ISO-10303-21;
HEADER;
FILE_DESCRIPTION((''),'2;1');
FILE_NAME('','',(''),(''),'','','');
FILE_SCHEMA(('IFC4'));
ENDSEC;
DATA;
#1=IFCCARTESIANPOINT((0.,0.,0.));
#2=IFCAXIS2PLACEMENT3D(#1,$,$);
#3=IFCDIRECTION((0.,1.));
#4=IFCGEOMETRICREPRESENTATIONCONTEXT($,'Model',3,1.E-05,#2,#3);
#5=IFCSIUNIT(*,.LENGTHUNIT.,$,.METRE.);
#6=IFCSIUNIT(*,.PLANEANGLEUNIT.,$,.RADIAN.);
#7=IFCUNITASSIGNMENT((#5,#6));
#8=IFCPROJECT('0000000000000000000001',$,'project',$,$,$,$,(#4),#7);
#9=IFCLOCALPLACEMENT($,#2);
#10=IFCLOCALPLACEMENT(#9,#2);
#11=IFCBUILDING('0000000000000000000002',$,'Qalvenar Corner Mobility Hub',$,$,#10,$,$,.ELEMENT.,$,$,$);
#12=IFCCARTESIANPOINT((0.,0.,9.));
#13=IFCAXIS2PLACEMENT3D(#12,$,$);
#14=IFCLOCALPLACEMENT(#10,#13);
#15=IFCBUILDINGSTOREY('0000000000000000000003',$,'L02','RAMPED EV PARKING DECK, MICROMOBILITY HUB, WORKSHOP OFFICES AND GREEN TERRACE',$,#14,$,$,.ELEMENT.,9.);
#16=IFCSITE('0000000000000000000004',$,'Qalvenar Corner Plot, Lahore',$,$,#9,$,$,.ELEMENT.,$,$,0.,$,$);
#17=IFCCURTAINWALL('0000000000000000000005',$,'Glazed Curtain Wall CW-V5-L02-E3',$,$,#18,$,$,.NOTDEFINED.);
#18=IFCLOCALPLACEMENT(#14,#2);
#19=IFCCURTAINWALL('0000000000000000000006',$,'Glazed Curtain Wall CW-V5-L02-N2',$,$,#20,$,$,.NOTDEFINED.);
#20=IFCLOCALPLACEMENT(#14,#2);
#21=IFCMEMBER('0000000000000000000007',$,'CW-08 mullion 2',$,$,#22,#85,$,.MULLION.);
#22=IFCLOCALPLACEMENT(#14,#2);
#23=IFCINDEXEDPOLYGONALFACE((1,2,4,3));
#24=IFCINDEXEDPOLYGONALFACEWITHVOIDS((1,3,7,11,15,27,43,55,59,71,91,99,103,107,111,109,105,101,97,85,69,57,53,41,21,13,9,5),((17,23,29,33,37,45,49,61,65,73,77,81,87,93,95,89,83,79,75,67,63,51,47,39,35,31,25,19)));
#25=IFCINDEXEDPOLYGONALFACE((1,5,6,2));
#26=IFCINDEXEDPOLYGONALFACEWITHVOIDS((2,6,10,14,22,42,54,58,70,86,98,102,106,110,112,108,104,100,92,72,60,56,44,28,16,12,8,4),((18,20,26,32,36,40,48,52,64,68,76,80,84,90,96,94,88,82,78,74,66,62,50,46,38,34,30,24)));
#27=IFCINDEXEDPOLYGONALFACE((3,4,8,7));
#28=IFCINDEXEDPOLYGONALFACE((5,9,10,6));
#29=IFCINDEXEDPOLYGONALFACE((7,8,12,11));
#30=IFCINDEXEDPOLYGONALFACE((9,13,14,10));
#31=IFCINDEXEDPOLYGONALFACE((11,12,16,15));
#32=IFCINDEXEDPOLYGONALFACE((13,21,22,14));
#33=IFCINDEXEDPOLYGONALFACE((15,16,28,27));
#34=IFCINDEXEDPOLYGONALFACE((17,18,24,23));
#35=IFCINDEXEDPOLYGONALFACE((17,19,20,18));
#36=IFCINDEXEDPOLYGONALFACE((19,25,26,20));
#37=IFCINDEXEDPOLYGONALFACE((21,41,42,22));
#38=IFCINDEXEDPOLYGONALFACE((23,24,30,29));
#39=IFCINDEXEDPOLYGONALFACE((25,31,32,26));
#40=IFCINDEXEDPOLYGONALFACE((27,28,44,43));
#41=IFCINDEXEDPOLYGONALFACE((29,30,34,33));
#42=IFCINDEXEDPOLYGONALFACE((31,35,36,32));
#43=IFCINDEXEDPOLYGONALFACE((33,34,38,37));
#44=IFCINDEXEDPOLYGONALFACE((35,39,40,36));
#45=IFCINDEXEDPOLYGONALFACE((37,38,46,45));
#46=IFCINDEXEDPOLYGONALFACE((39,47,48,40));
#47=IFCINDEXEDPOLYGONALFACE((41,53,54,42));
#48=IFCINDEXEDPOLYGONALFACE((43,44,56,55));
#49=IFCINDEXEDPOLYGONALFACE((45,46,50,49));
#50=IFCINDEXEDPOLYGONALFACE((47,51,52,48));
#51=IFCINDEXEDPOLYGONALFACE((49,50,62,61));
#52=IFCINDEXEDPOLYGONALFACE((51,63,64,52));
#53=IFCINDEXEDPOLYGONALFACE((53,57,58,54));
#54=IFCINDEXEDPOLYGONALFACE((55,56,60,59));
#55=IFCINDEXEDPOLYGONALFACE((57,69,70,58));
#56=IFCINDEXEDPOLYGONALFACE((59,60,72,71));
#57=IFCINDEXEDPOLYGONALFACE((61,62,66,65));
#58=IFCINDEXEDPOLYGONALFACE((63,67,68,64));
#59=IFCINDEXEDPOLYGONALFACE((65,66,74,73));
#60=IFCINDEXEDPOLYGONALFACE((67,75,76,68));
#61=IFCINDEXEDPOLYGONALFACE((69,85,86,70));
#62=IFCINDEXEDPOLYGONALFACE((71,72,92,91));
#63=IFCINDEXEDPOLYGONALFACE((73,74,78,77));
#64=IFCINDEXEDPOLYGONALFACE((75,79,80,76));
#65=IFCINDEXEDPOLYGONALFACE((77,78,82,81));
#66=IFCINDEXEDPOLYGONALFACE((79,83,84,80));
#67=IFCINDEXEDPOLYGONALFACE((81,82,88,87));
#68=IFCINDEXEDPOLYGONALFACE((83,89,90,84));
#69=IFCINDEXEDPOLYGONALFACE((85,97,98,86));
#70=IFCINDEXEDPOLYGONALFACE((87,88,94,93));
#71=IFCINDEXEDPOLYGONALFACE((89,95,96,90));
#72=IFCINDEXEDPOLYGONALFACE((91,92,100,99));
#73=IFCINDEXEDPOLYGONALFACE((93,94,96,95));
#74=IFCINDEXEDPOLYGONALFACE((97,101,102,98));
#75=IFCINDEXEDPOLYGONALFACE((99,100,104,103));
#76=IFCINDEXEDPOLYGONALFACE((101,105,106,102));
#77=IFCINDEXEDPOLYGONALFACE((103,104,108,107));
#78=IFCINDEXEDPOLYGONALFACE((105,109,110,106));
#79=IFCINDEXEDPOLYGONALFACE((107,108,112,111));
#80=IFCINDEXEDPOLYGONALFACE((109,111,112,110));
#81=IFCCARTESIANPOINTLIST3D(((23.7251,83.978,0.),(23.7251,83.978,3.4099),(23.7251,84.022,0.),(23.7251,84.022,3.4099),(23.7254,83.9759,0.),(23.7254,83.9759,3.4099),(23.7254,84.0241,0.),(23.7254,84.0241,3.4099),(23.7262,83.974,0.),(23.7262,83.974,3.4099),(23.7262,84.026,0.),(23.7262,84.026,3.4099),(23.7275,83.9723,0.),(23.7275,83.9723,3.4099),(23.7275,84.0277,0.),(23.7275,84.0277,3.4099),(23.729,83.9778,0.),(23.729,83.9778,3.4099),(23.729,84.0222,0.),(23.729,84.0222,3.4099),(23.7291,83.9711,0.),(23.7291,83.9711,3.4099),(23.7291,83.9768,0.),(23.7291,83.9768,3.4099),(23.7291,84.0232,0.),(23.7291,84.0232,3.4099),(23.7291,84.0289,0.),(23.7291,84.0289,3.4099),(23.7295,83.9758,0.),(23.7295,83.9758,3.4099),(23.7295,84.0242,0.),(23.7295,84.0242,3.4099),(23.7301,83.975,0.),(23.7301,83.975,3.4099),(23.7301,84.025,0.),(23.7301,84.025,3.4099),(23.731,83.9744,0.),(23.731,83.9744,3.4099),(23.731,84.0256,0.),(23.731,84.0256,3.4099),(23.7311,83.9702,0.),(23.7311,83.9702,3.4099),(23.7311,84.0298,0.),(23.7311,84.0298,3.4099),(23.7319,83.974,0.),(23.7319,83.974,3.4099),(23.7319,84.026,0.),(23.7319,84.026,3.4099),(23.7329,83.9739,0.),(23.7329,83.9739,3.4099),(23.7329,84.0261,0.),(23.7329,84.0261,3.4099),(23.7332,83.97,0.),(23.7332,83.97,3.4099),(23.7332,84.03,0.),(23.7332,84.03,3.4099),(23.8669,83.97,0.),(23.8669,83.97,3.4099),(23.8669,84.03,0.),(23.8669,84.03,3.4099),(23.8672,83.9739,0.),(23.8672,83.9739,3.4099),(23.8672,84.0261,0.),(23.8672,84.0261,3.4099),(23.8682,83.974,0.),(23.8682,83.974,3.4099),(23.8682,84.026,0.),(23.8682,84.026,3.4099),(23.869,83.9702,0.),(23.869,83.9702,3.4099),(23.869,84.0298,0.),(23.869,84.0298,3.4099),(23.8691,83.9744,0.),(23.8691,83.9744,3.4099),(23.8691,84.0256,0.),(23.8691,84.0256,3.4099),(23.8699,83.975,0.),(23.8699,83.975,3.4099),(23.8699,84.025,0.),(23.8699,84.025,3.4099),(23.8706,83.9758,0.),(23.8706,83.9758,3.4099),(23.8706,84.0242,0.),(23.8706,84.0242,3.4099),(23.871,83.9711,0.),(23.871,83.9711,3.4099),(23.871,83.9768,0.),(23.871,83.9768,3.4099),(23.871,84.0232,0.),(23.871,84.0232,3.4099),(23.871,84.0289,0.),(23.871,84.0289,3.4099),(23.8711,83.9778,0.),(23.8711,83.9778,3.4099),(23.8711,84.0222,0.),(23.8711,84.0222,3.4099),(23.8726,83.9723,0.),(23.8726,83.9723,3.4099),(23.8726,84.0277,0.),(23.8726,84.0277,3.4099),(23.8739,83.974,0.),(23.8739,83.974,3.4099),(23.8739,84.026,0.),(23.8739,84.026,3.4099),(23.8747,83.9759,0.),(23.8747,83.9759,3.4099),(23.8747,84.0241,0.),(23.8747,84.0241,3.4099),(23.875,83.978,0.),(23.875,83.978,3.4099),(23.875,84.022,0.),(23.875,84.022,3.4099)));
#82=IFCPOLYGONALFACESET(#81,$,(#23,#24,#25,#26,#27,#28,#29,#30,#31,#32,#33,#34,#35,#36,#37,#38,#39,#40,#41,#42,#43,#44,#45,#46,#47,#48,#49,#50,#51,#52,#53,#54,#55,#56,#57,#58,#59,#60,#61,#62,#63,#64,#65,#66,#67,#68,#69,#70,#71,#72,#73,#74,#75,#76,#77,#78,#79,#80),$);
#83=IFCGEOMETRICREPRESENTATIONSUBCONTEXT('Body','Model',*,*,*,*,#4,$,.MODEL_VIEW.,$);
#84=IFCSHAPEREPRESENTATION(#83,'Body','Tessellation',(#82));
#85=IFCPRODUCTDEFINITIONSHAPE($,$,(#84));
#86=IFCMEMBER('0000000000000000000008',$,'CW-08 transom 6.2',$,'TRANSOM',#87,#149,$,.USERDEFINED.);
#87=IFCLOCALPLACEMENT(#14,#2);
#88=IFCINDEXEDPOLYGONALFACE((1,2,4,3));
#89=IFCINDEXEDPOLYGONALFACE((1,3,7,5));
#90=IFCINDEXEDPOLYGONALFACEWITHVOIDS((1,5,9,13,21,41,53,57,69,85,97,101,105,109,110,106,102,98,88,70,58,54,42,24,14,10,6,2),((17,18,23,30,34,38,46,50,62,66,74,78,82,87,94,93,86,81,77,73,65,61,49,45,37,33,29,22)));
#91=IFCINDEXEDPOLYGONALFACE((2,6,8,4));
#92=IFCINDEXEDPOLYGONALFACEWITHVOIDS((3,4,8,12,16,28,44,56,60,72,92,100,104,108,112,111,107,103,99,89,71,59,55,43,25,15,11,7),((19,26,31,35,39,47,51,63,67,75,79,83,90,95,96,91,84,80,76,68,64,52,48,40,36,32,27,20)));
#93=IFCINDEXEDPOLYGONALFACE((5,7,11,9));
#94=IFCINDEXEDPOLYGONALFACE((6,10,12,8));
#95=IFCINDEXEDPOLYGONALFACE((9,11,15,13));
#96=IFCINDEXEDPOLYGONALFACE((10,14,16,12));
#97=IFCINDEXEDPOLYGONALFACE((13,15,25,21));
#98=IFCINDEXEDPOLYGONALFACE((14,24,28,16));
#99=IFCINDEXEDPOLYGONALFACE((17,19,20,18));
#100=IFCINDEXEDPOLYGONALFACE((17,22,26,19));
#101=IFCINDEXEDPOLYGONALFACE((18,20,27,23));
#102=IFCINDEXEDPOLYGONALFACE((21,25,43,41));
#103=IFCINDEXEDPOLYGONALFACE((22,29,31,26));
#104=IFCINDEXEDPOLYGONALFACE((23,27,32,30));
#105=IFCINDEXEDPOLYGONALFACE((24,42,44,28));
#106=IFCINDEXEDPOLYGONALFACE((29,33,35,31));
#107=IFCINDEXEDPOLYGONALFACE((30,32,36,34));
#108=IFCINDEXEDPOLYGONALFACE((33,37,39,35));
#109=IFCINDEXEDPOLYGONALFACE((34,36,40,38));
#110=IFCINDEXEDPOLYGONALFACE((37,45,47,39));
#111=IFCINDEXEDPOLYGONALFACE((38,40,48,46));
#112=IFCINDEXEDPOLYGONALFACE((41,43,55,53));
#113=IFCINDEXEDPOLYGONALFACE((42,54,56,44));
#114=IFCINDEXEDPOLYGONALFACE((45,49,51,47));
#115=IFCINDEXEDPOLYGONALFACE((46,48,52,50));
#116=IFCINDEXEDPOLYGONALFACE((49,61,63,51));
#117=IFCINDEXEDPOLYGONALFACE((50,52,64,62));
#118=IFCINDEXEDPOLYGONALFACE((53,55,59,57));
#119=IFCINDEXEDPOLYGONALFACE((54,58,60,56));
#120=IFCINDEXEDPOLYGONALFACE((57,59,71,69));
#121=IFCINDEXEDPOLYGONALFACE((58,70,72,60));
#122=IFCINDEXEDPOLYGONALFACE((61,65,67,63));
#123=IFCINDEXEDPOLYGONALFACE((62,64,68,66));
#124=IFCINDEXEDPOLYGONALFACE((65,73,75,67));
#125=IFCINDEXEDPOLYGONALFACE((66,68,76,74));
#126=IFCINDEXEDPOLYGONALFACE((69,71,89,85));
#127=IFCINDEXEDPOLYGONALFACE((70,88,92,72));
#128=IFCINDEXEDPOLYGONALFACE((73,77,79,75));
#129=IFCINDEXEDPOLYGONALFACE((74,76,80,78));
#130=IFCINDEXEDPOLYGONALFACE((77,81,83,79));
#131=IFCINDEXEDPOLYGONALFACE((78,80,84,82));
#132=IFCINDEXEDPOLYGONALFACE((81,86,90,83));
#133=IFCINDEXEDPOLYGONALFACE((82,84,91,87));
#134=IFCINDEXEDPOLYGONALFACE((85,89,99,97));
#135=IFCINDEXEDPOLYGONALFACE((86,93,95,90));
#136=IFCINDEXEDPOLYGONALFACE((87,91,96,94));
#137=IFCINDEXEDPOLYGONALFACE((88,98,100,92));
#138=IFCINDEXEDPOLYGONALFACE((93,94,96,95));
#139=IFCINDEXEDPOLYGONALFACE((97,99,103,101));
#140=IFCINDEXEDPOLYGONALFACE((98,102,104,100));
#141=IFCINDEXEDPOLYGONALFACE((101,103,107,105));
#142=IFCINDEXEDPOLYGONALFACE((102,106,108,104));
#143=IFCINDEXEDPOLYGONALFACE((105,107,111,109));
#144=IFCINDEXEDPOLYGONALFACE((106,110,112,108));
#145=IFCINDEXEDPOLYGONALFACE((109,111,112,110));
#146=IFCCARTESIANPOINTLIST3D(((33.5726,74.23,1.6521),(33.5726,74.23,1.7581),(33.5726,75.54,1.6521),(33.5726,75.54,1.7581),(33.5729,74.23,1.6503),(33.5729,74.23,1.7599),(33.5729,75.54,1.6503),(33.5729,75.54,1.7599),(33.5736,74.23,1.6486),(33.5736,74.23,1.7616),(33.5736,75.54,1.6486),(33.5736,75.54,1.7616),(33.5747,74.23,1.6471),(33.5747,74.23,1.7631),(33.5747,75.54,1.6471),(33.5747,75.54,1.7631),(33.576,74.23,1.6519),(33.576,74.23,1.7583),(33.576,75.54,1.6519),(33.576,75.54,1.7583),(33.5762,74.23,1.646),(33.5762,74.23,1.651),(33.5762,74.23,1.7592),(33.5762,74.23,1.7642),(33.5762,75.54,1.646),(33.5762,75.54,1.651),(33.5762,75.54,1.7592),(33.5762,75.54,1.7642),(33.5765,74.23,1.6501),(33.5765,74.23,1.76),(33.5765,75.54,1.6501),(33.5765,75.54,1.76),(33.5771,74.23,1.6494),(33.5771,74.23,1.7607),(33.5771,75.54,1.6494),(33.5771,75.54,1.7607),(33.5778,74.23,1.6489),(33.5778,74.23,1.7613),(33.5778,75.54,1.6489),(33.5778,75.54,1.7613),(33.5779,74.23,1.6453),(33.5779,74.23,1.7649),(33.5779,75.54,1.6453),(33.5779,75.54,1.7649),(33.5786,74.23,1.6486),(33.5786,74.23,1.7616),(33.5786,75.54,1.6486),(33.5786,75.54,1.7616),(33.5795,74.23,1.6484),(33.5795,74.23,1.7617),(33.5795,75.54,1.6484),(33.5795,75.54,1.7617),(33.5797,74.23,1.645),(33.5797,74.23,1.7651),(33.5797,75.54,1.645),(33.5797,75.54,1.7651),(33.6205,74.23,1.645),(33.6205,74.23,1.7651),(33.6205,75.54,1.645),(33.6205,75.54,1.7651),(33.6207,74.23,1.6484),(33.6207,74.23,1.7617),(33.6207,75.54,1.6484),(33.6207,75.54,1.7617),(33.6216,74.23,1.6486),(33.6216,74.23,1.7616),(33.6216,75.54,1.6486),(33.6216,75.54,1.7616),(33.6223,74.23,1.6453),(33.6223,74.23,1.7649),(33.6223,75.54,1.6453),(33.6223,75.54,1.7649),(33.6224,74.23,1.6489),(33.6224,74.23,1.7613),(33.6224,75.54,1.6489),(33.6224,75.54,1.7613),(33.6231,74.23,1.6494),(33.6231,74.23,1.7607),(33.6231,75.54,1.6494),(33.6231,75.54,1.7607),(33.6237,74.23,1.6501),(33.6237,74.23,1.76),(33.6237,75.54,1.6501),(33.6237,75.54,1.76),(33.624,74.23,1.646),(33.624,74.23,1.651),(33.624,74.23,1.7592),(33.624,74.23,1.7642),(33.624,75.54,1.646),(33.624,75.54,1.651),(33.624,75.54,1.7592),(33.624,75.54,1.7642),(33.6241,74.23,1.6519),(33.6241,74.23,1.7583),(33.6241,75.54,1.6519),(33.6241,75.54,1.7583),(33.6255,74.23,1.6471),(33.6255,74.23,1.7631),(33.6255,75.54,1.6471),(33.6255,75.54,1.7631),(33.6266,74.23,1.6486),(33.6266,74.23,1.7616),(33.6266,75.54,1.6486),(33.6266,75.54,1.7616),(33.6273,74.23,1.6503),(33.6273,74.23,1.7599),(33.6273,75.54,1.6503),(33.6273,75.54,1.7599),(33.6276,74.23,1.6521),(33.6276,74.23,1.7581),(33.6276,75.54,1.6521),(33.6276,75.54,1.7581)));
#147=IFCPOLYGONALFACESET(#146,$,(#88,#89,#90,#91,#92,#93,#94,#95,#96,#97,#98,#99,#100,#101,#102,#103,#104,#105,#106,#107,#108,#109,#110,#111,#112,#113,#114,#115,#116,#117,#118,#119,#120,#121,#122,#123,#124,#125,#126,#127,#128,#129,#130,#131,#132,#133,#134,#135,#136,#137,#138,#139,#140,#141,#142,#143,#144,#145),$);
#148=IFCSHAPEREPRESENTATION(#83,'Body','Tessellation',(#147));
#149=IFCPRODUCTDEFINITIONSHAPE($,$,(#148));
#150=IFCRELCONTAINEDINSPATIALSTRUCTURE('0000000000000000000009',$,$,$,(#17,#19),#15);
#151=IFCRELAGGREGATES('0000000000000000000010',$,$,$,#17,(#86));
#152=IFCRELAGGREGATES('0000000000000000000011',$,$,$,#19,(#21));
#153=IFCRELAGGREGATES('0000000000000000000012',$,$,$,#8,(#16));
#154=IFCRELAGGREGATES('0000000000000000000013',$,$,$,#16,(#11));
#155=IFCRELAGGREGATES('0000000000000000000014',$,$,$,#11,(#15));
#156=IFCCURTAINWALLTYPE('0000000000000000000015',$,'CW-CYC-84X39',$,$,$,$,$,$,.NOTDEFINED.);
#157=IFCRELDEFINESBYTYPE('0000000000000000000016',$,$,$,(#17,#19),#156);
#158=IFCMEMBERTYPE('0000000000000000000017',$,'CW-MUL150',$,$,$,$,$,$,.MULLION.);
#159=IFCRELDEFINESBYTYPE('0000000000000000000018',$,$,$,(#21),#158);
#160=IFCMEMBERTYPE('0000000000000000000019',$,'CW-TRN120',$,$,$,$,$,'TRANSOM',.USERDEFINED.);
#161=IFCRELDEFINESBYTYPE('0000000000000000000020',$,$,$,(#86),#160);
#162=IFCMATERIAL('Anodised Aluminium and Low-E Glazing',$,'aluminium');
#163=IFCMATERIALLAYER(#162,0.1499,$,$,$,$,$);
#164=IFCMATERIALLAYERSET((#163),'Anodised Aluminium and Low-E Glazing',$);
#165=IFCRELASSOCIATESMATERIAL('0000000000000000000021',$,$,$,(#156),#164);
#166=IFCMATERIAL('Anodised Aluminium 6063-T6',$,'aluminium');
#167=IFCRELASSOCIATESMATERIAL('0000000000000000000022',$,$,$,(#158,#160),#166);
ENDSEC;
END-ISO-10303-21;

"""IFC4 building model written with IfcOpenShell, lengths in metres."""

from ifc_helpers import new_model, si_unit, direction, frame, origin, origin_2d, place, context, subcontext, project, spatial, hollow_rectangle, extrude, material, layer, layer_set, material_profile, profile_set, type_object, element, aggregate, save


model = new_model("IFC4")

# Units and contexts
model_context = context("Model", 3, precision=1e-05, world=origin(), true_north=direction((0.0, 1.0)))
body_context = subcontext(model_context, "Body", "Model", "MODEL_VIEW")
ifc_project = project(units=[si_unit("LENGTHUNIT", "METRE"), si_unit("PLANEANGLEUNIT", "RADIAN")], contexts=[model_context])

# Site, building, storey
site_placement = place(None, origin())
site = spatial("IfcSite", under=ifc_project, at=site_placement, Name="Qalvenar Corner Plot, Lahore", CompositionType="ELEMENT", RefElevation=0.0)
building_placement = place(site_placement, origin())
building = spatial("IfcBuilding", under=site, at=building_placement, Name="Qalvenar Corner Mobility Hub", CompositionType="ELEMENT")
storey_placement = place(building_placement, frame((0.0, 0.0, 9.0)))
storey = spatial("IfcBuildingStorey", under=building, at=storey_placement, Name="L02", Description="RAMPED EV PARKING DECK, MICROMOBILITY HUB, WORKSHOP OFFICES AND GREEN TERRACE", CompositionType="ELEMENT", Elevation=9.0)

# Curtain wall
ifc_material_1 = material(Name="Anodised Aluminium and Low-E Glazing", Category="aluminium")
ifc_layer_1 = layer(ifc_material_1, 0.1499)
ifc_layer_set_1 = layer_set([ifc_layer_1], Name="Anodised Aluminium and Low-E Glazing")
curtain_wall_type = type_object("IfcCurtainWallType", Name="CW-CYC-84X39", PredefinedType="NOTDEFINED", material=ifc_layer_set_1)
curtain_wall_1_placement = place(storey_placement, origin())
curtain_wall_1 = element("IfcCurtainWall", 1, at=curtain_wall_1_placement, inside=storey, type_object=curtain_wall_type, Name="Glazed Curtain Wall CW-V5-L02-E3", PredefinedType="NOTDEFINED")
ifc_material_2 = material(Name="Anodised Aluminium 6063-T6", Category="aluminium")
ifc_material_profile_1 = material_profile(ifc_material_2, hollow_rectangle(XDim=0.0601, YDim=0.1499, WallThickness=0.0039, InnerFilletRadius=0.0039, OuterFilletRadius=0.0081, at=origin_2d()), Name="RHS150x60x4")
ifc_profile_set_1 = profile_set([ifc_material_profile_1], Name="Anodised Aluminium 6063-T6")
member_type_1 = type_object("IfcMemberType", Name="CW-MUL150", PredefinedType="MULLION", material=ifc_profile_set_1)

# Curtain wall, member
curtain_wall_2_placement = place(storey_placement, origin())
curtain_wall_2 = element("IfcCurtainWall", 2, at=curtain_wall_2_placement, inside=storey, type_object=curtain_wall_type, Name="Glazed Curtain Wall CW-V5-L02-N2", PredefinedType="NOTDEFINED")
member_1_placement = place(storey_placement, frame((23.8, 84.0, 0.0), z_axis=(0.0, 0.0, 1.0), x_axis=(0.0, -1.0, 0.0)))
member_1 = element("IfcMember", 3, at=member_1_placement, type_object=member_type_1, Name="CW-08 mullion 2", PredefinedType="MULLION", context=body_context, shape_type="SweptSolid", body=[
    extrude(hollow_rectangle(XDim=0.0601, YDim=0.1499, WallThickness=0.0039, InnerFilletRadius=0.0039, OuterFilletRadius=0.0081, at=origin_2d()), origin(), (0.0, 0.0, 1.0), 3.4099),
])

# Member
ifc_material_profile_2 = material_profile(ifc_material_2, hollow_rectangle(XDim=0.0549, YDim=0.1201, WallThickness=0.0034, InnerFilletRadius=0.0034, OuterFilletRadius=0.0071, at=origin_2d()), Name="RHS120x55x3.5")
ifc_profile_set_2 = profile_set([ifc_material_profile_2], Name="Anodised Aluminium 6063-T6")
member_type_2 = type_object("IfcMemberType", Name="CW-TRN120", ElementType="TRANSOM", PredefinedType="USERDEFINED", material=ifc_profile_set_2)
member_2_placement = place(storey_placement, frame((33.6001, 74.23, 1.7051), z_axis=(0.0, 1.0, 0.0), x_axis=(-1.0, 0.0, 0.0)))
member_2 = element("IfcMember", 4, at=member_2_placement, type_object=member_type_2, Name="CW-08 transom 6.2", ObjectType="TRANSOM", PredefinedType="USERDEFINED", context=body_context, shape_type="SweptSolid", body=[
    extrude(hollow_rectangle(XDim=0.0549, YDim=0.1201, WallThickness=0.0034, InnerFilletRadius=0.0034, OuterFilletRadius=0.0071, at=origin_2d()), origin(), (0.0, 0.0, 1.0), 1.3101),
])

aggregate(curtain_wall_1, [member_2])
aggregate(curtain_wall_2, [member_1])

save(model, "model.ifc")
